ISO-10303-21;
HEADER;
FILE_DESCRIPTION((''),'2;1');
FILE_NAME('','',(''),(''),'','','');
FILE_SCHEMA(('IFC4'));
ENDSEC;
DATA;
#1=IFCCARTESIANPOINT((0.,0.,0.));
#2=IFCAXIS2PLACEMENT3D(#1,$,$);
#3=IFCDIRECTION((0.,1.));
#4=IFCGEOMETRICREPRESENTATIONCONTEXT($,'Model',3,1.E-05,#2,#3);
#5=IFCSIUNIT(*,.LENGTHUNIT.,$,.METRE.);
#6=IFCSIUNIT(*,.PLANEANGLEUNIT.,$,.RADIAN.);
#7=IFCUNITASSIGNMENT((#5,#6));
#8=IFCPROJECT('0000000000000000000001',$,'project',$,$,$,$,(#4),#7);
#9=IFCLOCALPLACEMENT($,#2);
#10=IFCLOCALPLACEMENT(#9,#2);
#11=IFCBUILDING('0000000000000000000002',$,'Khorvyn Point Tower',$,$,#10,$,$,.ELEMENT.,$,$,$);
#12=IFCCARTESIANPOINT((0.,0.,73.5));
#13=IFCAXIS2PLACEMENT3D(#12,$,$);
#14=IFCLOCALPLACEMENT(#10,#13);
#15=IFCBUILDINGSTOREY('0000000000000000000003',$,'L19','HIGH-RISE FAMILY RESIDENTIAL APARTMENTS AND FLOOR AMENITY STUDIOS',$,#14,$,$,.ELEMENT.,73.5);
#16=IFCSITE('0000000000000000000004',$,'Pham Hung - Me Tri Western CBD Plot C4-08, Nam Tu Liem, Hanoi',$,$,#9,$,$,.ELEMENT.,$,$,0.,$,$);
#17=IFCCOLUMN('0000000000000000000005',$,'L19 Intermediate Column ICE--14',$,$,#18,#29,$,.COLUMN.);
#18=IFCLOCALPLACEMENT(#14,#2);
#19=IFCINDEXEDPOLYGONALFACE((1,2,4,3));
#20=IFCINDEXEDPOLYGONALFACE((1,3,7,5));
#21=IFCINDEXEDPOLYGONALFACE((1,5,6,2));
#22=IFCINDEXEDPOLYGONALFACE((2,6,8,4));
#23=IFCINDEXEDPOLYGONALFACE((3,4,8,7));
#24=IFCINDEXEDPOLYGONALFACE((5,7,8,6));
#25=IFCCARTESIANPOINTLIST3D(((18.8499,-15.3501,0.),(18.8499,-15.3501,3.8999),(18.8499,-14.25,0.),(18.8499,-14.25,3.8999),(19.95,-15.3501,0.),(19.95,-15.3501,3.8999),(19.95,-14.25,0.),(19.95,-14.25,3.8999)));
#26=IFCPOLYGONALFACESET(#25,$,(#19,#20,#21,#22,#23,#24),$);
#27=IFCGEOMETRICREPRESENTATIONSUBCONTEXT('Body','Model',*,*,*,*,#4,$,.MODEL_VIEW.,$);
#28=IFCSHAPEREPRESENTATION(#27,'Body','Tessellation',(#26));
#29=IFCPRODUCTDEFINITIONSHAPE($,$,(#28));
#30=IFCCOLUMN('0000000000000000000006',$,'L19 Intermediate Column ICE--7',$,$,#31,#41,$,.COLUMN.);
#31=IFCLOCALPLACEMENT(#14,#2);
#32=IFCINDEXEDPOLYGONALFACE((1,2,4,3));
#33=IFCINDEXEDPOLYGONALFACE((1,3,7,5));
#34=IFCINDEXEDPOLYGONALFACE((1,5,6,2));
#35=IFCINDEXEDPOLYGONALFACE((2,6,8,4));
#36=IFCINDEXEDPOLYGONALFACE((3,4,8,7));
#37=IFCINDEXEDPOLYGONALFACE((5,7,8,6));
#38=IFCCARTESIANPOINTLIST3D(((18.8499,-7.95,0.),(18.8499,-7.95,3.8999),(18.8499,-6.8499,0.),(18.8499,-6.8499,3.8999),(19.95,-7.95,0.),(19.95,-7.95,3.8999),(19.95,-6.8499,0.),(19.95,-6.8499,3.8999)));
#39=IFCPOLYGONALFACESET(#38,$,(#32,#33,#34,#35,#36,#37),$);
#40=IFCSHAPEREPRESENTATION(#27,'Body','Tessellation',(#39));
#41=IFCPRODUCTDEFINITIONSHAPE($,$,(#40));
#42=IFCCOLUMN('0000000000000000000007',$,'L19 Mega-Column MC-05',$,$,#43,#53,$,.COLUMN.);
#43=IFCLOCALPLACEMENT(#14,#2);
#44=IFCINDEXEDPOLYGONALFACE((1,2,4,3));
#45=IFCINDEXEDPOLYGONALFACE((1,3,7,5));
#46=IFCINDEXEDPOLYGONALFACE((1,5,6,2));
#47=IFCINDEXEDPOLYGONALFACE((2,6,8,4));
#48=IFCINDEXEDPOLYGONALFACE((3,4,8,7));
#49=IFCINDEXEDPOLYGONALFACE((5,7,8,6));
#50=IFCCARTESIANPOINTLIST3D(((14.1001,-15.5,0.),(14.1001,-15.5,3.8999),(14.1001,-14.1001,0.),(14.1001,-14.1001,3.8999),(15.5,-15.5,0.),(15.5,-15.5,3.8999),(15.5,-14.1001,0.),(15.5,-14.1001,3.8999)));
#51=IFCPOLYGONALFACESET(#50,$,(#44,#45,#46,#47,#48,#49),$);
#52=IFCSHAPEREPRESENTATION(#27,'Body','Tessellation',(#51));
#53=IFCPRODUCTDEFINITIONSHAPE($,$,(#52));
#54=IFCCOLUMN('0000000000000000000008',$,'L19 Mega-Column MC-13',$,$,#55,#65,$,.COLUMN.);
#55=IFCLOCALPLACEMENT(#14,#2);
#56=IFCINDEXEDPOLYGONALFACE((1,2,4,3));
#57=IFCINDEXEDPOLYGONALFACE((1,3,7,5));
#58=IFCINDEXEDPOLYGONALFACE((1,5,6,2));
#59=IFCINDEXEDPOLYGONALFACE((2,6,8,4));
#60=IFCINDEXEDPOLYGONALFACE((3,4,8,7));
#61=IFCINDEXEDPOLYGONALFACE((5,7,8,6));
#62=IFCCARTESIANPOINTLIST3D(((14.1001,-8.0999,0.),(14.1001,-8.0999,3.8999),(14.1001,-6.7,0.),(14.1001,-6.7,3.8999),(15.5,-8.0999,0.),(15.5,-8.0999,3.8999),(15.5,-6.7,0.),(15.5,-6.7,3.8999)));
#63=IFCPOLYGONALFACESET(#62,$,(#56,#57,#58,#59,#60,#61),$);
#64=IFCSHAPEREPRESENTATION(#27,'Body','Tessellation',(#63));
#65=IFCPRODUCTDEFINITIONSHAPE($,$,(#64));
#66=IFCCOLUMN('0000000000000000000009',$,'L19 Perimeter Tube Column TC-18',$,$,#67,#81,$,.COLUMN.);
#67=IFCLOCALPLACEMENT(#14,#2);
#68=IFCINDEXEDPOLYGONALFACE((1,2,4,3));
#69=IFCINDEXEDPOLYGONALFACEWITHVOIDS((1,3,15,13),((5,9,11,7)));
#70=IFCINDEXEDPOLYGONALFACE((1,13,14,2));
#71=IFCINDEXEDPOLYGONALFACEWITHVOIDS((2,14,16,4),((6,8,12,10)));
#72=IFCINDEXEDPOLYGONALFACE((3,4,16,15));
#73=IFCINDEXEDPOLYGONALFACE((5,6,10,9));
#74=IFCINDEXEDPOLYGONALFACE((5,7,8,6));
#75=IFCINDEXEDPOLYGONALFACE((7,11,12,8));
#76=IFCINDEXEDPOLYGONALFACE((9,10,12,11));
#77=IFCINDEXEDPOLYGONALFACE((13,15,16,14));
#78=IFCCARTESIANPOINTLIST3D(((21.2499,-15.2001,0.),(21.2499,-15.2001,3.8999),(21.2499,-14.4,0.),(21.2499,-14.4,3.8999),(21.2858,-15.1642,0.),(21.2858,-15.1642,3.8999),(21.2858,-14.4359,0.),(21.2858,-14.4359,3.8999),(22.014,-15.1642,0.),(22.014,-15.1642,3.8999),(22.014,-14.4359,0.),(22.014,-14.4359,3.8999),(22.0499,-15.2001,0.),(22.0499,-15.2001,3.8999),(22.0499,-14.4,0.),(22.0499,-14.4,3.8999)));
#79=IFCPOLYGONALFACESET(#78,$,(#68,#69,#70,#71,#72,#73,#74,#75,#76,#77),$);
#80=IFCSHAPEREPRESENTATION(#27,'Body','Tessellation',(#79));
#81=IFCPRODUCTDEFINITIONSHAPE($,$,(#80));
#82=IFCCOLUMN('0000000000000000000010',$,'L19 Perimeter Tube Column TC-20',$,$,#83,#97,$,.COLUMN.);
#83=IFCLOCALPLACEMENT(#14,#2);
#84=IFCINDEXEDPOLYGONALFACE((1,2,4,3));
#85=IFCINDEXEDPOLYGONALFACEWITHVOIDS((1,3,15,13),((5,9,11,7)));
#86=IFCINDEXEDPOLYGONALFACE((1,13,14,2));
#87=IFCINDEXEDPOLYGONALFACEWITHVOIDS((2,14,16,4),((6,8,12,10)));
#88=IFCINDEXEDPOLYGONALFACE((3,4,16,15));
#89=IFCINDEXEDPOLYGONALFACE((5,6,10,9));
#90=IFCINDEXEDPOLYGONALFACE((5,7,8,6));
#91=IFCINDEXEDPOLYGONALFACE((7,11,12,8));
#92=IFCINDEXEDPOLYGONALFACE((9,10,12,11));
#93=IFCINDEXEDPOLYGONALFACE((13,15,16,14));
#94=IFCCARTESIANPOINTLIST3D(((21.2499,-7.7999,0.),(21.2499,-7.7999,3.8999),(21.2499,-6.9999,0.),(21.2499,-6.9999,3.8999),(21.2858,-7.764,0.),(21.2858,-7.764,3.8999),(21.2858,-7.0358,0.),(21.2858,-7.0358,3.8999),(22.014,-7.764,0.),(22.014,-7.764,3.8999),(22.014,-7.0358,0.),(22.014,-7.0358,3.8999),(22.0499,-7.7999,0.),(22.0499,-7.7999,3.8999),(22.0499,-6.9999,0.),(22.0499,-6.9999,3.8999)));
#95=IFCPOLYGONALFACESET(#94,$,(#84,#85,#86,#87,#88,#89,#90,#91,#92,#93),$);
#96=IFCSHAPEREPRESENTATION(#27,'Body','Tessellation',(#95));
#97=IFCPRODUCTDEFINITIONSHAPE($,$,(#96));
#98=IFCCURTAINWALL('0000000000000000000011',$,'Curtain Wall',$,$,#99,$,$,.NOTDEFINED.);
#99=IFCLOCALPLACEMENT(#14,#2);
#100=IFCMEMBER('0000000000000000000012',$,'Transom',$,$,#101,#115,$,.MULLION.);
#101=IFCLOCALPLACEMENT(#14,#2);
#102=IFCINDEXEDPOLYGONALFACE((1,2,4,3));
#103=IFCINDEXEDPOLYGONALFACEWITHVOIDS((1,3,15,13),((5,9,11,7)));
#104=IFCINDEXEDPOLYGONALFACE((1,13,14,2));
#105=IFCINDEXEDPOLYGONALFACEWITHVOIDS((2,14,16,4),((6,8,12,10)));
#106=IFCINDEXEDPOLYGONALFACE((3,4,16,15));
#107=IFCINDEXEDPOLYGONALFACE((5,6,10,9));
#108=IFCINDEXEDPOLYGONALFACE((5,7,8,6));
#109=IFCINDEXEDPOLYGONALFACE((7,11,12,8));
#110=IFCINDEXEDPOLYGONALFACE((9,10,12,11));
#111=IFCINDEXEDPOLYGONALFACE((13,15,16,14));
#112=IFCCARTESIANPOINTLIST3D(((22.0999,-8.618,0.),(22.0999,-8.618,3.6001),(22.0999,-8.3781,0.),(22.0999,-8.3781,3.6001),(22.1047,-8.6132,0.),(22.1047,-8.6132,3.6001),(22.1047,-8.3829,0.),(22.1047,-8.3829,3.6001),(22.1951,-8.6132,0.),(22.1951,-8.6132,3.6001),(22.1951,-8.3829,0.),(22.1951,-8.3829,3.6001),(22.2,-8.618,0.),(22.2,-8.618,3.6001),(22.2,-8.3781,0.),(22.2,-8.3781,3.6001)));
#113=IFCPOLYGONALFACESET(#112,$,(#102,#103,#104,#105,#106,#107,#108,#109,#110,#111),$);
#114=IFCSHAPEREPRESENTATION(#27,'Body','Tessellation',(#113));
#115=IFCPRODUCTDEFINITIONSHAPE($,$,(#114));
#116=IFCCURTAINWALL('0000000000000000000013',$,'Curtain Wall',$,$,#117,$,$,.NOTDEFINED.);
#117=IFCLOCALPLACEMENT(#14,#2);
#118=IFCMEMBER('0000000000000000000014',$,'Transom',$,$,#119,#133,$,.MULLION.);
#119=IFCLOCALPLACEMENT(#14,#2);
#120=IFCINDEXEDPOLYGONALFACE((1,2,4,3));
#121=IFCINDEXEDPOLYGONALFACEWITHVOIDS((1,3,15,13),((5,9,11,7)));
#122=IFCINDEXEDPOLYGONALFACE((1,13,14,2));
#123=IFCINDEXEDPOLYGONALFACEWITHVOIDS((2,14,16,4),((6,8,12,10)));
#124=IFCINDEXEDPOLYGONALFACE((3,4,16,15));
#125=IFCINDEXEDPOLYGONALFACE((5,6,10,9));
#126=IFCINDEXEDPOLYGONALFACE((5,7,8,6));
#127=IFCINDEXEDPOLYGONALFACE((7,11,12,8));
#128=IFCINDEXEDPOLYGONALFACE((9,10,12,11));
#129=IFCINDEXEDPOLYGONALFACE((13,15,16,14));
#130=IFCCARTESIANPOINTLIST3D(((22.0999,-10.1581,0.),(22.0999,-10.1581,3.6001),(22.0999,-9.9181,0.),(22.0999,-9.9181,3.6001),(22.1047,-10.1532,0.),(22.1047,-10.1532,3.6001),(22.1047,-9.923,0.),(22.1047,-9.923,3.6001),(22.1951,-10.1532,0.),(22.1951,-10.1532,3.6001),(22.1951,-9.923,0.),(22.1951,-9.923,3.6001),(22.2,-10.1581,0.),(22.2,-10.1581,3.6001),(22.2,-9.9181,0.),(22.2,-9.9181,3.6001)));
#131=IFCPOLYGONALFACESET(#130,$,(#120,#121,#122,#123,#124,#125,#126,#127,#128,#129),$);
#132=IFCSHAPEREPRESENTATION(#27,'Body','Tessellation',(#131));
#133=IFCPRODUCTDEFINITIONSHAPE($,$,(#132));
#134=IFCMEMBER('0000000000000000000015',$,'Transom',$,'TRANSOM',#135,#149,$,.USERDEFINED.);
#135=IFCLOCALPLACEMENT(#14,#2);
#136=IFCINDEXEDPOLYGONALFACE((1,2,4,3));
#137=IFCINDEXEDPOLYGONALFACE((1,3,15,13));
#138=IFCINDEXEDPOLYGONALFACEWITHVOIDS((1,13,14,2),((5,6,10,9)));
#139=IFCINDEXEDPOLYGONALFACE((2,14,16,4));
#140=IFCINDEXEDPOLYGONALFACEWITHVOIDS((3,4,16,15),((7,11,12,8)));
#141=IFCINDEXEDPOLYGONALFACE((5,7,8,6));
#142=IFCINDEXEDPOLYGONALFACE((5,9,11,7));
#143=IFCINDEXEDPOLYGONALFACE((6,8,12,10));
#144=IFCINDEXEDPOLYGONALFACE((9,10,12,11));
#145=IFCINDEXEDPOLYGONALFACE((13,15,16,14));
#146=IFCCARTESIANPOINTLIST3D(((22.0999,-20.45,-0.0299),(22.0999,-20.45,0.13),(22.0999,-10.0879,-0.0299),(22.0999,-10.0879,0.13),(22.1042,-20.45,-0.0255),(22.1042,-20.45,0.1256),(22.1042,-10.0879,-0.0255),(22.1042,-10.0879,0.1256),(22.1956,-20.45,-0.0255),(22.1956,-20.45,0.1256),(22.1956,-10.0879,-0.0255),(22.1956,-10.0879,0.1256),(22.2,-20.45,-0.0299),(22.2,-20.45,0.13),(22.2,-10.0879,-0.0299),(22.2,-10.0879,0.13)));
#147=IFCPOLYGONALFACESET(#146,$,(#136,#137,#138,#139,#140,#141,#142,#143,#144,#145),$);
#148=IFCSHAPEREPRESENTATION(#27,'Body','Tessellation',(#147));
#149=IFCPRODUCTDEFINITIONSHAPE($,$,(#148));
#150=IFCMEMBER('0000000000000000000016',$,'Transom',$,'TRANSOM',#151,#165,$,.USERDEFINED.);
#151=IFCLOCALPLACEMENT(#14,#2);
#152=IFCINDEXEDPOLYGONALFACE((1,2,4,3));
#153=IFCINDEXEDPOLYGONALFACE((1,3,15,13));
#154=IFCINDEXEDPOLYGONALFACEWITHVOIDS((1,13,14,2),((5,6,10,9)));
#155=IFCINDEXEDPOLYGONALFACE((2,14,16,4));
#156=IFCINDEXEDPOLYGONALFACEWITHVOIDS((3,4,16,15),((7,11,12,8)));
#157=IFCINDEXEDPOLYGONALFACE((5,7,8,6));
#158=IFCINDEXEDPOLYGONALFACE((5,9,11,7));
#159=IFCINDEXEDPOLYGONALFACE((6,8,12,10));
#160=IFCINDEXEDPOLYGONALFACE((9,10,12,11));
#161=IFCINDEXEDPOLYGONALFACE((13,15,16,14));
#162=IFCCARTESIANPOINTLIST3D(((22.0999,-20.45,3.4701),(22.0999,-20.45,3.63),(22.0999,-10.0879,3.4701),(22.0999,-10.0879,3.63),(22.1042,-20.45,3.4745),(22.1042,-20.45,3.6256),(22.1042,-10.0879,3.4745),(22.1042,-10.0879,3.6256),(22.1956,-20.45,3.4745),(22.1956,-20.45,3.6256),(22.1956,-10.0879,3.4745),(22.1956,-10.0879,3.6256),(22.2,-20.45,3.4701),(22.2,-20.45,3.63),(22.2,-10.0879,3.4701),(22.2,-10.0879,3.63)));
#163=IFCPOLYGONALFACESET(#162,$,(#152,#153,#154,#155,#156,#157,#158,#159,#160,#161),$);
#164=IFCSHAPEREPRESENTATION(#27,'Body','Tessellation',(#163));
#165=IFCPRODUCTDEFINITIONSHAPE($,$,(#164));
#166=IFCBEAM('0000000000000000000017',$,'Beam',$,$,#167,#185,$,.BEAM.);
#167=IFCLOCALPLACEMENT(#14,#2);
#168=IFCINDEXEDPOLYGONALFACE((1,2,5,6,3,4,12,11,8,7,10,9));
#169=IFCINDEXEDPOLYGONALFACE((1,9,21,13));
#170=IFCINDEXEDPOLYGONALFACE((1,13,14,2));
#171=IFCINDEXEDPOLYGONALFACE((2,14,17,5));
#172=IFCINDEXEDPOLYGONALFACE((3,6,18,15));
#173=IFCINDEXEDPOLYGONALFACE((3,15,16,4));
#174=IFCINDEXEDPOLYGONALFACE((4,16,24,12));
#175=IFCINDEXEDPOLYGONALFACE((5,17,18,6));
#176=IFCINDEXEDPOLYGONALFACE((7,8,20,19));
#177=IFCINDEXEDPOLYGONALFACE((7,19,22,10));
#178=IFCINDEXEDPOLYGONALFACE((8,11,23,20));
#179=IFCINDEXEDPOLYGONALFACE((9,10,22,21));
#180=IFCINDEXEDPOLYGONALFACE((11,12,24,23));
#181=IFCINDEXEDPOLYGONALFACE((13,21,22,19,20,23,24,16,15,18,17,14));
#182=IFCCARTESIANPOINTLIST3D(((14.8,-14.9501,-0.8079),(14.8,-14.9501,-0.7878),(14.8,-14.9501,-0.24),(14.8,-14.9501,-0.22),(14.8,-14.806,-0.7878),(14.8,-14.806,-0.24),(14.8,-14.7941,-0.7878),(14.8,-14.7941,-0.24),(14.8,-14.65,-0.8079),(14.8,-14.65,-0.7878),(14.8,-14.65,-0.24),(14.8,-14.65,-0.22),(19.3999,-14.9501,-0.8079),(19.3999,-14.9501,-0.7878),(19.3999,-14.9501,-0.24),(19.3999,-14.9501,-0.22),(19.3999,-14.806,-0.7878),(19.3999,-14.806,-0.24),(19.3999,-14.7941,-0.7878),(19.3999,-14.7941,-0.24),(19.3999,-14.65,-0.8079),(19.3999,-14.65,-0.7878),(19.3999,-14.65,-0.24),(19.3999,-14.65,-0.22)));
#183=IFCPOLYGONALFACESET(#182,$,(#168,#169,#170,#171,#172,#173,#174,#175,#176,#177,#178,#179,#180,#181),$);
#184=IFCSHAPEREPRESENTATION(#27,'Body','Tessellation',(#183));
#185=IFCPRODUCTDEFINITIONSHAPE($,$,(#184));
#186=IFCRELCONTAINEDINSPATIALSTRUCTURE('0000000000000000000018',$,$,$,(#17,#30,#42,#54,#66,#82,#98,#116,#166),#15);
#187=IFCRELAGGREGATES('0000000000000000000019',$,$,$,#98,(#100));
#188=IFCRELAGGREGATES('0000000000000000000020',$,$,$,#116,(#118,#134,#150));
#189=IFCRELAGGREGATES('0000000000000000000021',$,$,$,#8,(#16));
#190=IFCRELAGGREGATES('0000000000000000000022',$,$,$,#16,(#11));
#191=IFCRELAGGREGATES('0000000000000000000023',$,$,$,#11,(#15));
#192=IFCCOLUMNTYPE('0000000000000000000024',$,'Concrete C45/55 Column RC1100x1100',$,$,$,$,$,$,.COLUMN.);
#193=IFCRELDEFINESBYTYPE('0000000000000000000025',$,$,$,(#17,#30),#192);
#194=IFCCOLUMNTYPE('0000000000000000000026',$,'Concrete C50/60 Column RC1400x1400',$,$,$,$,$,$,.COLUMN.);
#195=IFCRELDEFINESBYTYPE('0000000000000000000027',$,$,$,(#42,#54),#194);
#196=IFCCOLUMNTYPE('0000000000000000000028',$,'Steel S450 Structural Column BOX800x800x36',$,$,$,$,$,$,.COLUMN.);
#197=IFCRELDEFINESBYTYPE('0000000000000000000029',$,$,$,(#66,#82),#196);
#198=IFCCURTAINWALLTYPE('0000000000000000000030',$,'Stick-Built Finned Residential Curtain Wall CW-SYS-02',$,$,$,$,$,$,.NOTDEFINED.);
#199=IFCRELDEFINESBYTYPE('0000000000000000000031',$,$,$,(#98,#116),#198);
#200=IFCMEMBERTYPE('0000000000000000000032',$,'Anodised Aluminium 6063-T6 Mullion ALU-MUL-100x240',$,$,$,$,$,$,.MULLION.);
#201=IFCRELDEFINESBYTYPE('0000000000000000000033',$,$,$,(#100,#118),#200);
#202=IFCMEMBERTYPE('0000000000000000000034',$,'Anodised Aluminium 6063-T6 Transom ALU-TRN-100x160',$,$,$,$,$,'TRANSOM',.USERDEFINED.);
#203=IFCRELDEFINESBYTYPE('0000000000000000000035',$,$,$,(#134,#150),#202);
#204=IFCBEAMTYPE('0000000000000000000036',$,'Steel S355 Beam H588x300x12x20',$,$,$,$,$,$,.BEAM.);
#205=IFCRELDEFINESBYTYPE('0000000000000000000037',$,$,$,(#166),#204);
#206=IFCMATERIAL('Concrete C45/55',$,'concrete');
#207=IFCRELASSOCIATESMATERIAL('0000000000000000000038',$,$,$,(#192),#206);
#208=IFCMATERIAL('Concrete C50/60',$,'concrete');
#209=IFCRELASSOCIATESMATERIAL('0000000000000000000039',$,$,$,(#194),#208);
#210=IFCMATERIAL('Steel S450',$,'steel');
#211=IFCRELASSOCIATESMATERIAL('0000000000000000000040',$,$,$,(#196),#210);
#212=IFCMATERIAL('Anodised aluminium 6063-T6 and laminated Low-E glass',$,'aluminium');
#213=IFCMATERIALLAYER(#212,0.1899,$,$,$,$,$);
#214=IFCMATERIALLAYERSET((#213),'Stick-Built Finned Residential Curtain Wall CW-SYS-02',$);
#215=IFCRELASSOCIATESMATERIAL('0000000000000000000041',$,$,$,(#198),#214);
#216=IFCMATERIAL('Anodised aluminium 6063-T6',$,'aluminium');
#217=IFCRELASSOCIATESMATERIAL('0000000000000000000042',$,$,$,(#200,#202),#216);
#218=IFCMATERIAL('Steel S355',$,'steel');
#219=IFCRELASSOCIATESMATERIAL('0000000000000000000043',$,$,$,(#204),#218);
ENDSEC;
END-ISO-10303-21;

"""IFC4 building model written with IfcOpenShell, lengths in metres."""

from ifc_helpers import new_model, si_unit, direction, frame, origin, origin_2d, place, context, subcontext, project, spatial, rectangle, hollow_rectangle, i_section, extrude, material, layer, layer_set, material_profile, profile_set, type_object, element, aggregate, save


model = new_model("IFC4")

# Units and contexts
model_context = context("Model", 3, precision=1e-05, world=origin(), true_north=direction((0.0, 1.0)))
body_context = subcontext(model_context, "Body", "Model", "MODEL_VIEW")
ifc_project = project(units=[si_unit("LENGTHUNIT", "METRE"), si_unit("PLANEANGLEUNIT", "RADIAN")], contexts=[model_context])

# Site, building, storey
site_placement = place(None, origin())
site = spatial("IfcSite", under=ifc_project, at=site_placement, Name="Pham Hung - Me Tri Western CBD Plot C4-08, Nam Tu Liem, Hanoi", CompositionType="ELEMENT", RefElevation=0.0)
building_placement = place(site_placement, origin())
building = spatial("IfcBuilding", under=site, at=building_placement, Name="Khorvyn Point Tower", CompositionType="ELEMENT")
storey_placement = place(building_placement, frame((0.0, 0.0, 73.5)))
storey = spatial("IfcBuildingStorey", under=building, at=storey_placement, Name="L19", Description="HIGH-RISE FAMILY RESIDENTIAL APARTMENTS AND FLOOR AMENITY STUDIOS", CompositionType="ELEMENT", Elevation=73.5)

# Columns
ifc_material_1 = material(Name="Concrete C45/55", Category="concrete")
ifc_material_profile_1 = material_profile(ifc_material_1, rectangle(XDim=1.1001, YDim=1.1001, at=origin_2d()))
ifc_profile_set_1 = profile_set([ifc_material_profile_1], Name="Concrete C45/55 RC1100x1100")
column_type_1 = type_object("IfcColumnType", Name="Concrete C45/55 Column RC1100x1100", PredefinedType="COLUMN", material=ifc_profile_set_1)
for number, where, z_axis, x_axis, name in (
    (1, (19.3999, -14.8, 0.0), (0.0, 0.0, 1.0), (1.0, 0.0, 0.0), "L19 Intermediate Column ICE--14"),
    (2, (19.3999, -7.3999, 0.0), (0.0, 0.0, 1.0), (1.0, 0.0, 0.0), "L19 Intermediate Column ICE--7"),
):
    element("IfcColumn", number, at=place(storey_placement, frame(where, z_axis=z_axis, x_axis=x_axis)), inside=storey, type_object=column_type_1, Name=name, PredefinedType="COLUMN", context=body_context, shape_type="SweptSolid", body=[
        extrude(rectangle(XDim=1.1001, YDim=1.1001, at=origin_2d()), origin(), (0.0, 0.0, 1.0), 3.8999),
    ])
ifc_material_2 = material(Name="Concrete C50/60", Category="concrete")
ifc_material_profile_2 = material_profile(ifc_material_2, rectangle(XDim=1.3999, YDim=1.3999, at=origin_2d()))
ifc_profile_set_2 = profile_set([ifc_material_profile_2], Name="Concrete C50/60 RC1400x1400")
column_type_2 = type_object("IfcColumnType", Name="Concrete C50/60 Column RC1400x1400", PredefinedType="COLUMN", material=ifc_profile_set_2)
for number, where, z_axis, x_axis, name in (
    (3, (14.8, -14.8, 0.0), (0.0, 0.0, 1.0), (1.0, 0.0, 0.0), "L19 Mega-Column MC-05"),
    (4, (14.8, -7.3999, 0.0), (0.0, 0.0, 1.0), (1.0, 0.0, 0.0), "L19 Mega-Column MC-13"),
):
    element("IfcColumn", number, at=place(storey_placement, frame(where, z_axis=z_axis, x_axis=x_axis)), inside=storey, type_object=column_type_2, Name=name, PredefinedType="COLUMN", context=body_context, shape_type="SweptSolid", body=[
        extrude(rectangle(XDim=1.3999, YDim=1.3999, at=origin_2d()), origin(), (0.0, 0.0, 1.0), 3.8999),
    ])
ifc_material_3 = material(Name="Steel S450", Category="steel")
ifc_material_profile_3 = material_profile(ifc_material_3, hollow_rectangle(XDim=0.8, YDim=0.8, WallThickness=0.0359, at=origin_2d()))
ifc_profile_set_3 = profile_set([ifc_material_profile_3], Name="Steel S450 BOX800x800x36")
column_type_3 = type_object("IfcColumnType", Name="Steel S450 Structural Column BOX800x800x36", PredefinedType="COLUMN", material=ifc_profile_set_3)
for number, where, z_axis, x_axis, name in (
    (5, (21.6499, -14.8, 0.0), (0.0, 0.0, 1.0), (1.0, 0.0, 0.0), "L19 Perimeter Tube Column TC-18"),
    (6, (21.6499, -7.3999, 0.0), (0.0, 0.0, 1.0), (1.0, 0.0, 0.0), "L19 Perimeter Tube Column TC-20"),
):
    element("IfcColumn", number, at=place(storey_placement, frame(where, z_axis=z_axis, x_axis=x_axis)), inside=storey, type_object=column_type_3, Name=name, PredefinedType="COLUMN", context=body_context, shape_type="SweptSolid", body=[
        extrude(hollow_rectangle(XDim=0.8, YDim=0.8, WallThickness=0.0359, at=origin_2d()), origin(), (0.0, 0.0, 1.0), 3.8999),
    ])

# Curtain wall, member
ifc_material_4 = material(Name="Anodised aluminium 6063-T6 and laminated Low-E glass", Category="aluminium")
ifc_layer_1 = layer(ifc_material_4, 0.1899)
ifc_layer_set_1 = layer_set([ifc_layer_1], Name="Stick-Built Finned Residential Curtain Wall CW-SYS-02")
curtain_wall_type = type_object("IfcCurtainWallType", Name="Stick-Built Finned Residential Curtain Wall CW-SYS-02", PredefinedType="NOTDEFINED", material=ifc_layer_set_1)
curtain_wall_1_placement = place(storey_placement, origin())
curtain_wall_1 = element("IfcCurtainWall", 7, at=curtain_wall_1_placement, inside=storey, type_object=curtain_wall_type, Name="Curtain Wall", PredefinedType="NOTDEFINED")
ifc_material_5 = material(Name="Anodised aluminium 6063-T6", Category="aluminium")
ifc_material_profile_4 = material_profile(ifc_material_5, hollow_rectangle(XDim=0.1001, YDim=0.24, WallThickness=0.0049, at=origin_2d()))
ifc_profile_set_4 = profile_set([ifc_material_profile_4], Name="Anodised aluminium 6063-T6 ALU-MUL-100x240")
member_type_1 = type_object("IfcMemberType", Name="Anodised Aluminium 6063-T6 Mullion ALU-MUL-100x240", PredefinedType="MULLION", material=ifc_profile_set_4)
member_1_placement = place(storey_placement, frame((22.1499, -8.498, 0.0), z_axis=(0.0, 0.0, 1.0), x_axis=(1.0, 0.0, 0.0)))
member_1 = element("IfcMember", 8, at=member_1_placement, type_object=member_type_1, Name="Transom", PredefinedType="MULLION", context=body_context, shape_type="SweptSolid", body=[
    extrude(hollow_rectangle(XDim=0.1001, YDim=0.24, WallThickness=0.0049, at=origin_2d()), origin(), (0.0, 0.0, 1.0), 3.6001),
])
aggregate(curtain_wall_1, [member_1])

# Curtain wall, members
curtain_wall_2_placement = place(storey_placement, origin())
curtain_wall_2 = element("IfcCurtainWall", 9, at=curtain_wall_2_placement, inside=storey, type_object=curtain_wall_type, Name="Curtain Wall", PredefinedType="NOTDEFINED")
member_2_placement = place(storey_placement, frame((22.1499, -10.0381, 0.0), z_axis=(0.0, 0.0, 1.0), x_axis=(1.0, 0.0, 0.0)))
member_2 = element("IfcMember", 10, at=member_2_placement, type_object=member_type_1, Name="Transom", PredefinedType="MULLION", context=body_context, shape_type="SweptSolid", body=[
    extrude(hollow_rectangle(XDim=0.1001, YDim=0.24, WallThickness=0.0049, at=origin_2d()), origin(), (0.0, 0.0, 1.0), 3.6001),
])
ifc_material_profile_5 = material_profile(ifc_material_5, hollow_rectangle(XDim=0.1001, YDim=0.1599, WallThickness=0.0044, at=origin_2d()))
ifc_profile_set_5 = profile_set([ifc_material_profile_5], Name="Anodised aluminium 6063-T6 ALU-TRN-100x160")
member_type_2 = type_object("IfcMemberType", Name="Anodised Aluminium 6063-T6 Transom ALU-TRN-100x160", ElementType="TRANSOM", PredefinedType="USERDEFINED", material=ifc_profile_set_5)
member_3_placement = place(storey_placement, frame((22.1499, -10.0879, 0.05), z_axis=(0.0, -1.0, 0.0), x_axis=(1.0, 0.0, 0.0)))
member_3 = element("IfcMember", 11, at=member_3_placement, type_object=member_type_2, Name="Transom", ObjectType="TRANSOM", PredefinedType="USERDEFINED", context=body_context, shape_type="SweptSolid", body=[
    extrude(hollow_rectangle(XDim=0.1001, YDim=0.1599, WallThickness=0.0044, at=origin_2d()), origin(), (0.0, 0.0, 1.0), 10.3621),
])
member_4_placement = place(storey_placement, frame((22.1499, -10.0879, 3.55), z_axis=(0.0, -1.0, 0.0), x_axis=(1.0, 0.0, 0.0)))
member_4 = element("IfcMember", 12, at=member_4_placement, type_object=member_type_2, Name="Transom", ObjectType="TRANSOM", PredefinedType="USERDEFINED", context=body_context, shape_type="SweptSolid", body=[
    extrude(hollow_rectangle(XDim=0.1001, YDim=0.1599, WallThickness=0.0044, at=origin_2d()), origin(), (0.0, 0.0, 1.0), 10.3621),
])

# Beam
ifc_material_6 = material(Name="Steel S355", Category="steel")
ifc_material_profile_6 = material_profile(ifc_material_6, i_section(OverallWidth=0.3, OverallDepth=0.5879, WebThickness=0.012, FlangeThickness=0.02, at=origin_2d()))
ifc_profile_set_6 = profile_set([ifc_material_profile_6], Name="Steel S355 H588x300x12x20")
beam_type_1 = type_object("IfcBeamType", Name="Steel S355 Beam H588x300x12x20", PredefinedType="BEAM", material=ifc_profile_set_6)
beam_1_placement = place(storey_placement, frame((14.8, -14.8, -0.5139), z_axis=(1.0, 0.0, 0.0), x_axis=(0.0, 1.0, 0.0)))
element("IfcBeam", 13, at=beam_1_placement, inside=storey, type_object=beam_type_1, Name="Beam", PredefinedType="BEAM", context=body_context, shape_type="SweptSolid", body=[
    extrude(i_section(OverallWidth=0.3, OverallDepth=0.5879, WebThickness=0.012, FlangeThickness=0.02, at=origin_2d()), origin(), (0.0, 0.0, 1.0), 4.5999),
])

aggregate(curtain_wall_2, [member_2, member_3, member_4])

save(model, "model.ifc")
